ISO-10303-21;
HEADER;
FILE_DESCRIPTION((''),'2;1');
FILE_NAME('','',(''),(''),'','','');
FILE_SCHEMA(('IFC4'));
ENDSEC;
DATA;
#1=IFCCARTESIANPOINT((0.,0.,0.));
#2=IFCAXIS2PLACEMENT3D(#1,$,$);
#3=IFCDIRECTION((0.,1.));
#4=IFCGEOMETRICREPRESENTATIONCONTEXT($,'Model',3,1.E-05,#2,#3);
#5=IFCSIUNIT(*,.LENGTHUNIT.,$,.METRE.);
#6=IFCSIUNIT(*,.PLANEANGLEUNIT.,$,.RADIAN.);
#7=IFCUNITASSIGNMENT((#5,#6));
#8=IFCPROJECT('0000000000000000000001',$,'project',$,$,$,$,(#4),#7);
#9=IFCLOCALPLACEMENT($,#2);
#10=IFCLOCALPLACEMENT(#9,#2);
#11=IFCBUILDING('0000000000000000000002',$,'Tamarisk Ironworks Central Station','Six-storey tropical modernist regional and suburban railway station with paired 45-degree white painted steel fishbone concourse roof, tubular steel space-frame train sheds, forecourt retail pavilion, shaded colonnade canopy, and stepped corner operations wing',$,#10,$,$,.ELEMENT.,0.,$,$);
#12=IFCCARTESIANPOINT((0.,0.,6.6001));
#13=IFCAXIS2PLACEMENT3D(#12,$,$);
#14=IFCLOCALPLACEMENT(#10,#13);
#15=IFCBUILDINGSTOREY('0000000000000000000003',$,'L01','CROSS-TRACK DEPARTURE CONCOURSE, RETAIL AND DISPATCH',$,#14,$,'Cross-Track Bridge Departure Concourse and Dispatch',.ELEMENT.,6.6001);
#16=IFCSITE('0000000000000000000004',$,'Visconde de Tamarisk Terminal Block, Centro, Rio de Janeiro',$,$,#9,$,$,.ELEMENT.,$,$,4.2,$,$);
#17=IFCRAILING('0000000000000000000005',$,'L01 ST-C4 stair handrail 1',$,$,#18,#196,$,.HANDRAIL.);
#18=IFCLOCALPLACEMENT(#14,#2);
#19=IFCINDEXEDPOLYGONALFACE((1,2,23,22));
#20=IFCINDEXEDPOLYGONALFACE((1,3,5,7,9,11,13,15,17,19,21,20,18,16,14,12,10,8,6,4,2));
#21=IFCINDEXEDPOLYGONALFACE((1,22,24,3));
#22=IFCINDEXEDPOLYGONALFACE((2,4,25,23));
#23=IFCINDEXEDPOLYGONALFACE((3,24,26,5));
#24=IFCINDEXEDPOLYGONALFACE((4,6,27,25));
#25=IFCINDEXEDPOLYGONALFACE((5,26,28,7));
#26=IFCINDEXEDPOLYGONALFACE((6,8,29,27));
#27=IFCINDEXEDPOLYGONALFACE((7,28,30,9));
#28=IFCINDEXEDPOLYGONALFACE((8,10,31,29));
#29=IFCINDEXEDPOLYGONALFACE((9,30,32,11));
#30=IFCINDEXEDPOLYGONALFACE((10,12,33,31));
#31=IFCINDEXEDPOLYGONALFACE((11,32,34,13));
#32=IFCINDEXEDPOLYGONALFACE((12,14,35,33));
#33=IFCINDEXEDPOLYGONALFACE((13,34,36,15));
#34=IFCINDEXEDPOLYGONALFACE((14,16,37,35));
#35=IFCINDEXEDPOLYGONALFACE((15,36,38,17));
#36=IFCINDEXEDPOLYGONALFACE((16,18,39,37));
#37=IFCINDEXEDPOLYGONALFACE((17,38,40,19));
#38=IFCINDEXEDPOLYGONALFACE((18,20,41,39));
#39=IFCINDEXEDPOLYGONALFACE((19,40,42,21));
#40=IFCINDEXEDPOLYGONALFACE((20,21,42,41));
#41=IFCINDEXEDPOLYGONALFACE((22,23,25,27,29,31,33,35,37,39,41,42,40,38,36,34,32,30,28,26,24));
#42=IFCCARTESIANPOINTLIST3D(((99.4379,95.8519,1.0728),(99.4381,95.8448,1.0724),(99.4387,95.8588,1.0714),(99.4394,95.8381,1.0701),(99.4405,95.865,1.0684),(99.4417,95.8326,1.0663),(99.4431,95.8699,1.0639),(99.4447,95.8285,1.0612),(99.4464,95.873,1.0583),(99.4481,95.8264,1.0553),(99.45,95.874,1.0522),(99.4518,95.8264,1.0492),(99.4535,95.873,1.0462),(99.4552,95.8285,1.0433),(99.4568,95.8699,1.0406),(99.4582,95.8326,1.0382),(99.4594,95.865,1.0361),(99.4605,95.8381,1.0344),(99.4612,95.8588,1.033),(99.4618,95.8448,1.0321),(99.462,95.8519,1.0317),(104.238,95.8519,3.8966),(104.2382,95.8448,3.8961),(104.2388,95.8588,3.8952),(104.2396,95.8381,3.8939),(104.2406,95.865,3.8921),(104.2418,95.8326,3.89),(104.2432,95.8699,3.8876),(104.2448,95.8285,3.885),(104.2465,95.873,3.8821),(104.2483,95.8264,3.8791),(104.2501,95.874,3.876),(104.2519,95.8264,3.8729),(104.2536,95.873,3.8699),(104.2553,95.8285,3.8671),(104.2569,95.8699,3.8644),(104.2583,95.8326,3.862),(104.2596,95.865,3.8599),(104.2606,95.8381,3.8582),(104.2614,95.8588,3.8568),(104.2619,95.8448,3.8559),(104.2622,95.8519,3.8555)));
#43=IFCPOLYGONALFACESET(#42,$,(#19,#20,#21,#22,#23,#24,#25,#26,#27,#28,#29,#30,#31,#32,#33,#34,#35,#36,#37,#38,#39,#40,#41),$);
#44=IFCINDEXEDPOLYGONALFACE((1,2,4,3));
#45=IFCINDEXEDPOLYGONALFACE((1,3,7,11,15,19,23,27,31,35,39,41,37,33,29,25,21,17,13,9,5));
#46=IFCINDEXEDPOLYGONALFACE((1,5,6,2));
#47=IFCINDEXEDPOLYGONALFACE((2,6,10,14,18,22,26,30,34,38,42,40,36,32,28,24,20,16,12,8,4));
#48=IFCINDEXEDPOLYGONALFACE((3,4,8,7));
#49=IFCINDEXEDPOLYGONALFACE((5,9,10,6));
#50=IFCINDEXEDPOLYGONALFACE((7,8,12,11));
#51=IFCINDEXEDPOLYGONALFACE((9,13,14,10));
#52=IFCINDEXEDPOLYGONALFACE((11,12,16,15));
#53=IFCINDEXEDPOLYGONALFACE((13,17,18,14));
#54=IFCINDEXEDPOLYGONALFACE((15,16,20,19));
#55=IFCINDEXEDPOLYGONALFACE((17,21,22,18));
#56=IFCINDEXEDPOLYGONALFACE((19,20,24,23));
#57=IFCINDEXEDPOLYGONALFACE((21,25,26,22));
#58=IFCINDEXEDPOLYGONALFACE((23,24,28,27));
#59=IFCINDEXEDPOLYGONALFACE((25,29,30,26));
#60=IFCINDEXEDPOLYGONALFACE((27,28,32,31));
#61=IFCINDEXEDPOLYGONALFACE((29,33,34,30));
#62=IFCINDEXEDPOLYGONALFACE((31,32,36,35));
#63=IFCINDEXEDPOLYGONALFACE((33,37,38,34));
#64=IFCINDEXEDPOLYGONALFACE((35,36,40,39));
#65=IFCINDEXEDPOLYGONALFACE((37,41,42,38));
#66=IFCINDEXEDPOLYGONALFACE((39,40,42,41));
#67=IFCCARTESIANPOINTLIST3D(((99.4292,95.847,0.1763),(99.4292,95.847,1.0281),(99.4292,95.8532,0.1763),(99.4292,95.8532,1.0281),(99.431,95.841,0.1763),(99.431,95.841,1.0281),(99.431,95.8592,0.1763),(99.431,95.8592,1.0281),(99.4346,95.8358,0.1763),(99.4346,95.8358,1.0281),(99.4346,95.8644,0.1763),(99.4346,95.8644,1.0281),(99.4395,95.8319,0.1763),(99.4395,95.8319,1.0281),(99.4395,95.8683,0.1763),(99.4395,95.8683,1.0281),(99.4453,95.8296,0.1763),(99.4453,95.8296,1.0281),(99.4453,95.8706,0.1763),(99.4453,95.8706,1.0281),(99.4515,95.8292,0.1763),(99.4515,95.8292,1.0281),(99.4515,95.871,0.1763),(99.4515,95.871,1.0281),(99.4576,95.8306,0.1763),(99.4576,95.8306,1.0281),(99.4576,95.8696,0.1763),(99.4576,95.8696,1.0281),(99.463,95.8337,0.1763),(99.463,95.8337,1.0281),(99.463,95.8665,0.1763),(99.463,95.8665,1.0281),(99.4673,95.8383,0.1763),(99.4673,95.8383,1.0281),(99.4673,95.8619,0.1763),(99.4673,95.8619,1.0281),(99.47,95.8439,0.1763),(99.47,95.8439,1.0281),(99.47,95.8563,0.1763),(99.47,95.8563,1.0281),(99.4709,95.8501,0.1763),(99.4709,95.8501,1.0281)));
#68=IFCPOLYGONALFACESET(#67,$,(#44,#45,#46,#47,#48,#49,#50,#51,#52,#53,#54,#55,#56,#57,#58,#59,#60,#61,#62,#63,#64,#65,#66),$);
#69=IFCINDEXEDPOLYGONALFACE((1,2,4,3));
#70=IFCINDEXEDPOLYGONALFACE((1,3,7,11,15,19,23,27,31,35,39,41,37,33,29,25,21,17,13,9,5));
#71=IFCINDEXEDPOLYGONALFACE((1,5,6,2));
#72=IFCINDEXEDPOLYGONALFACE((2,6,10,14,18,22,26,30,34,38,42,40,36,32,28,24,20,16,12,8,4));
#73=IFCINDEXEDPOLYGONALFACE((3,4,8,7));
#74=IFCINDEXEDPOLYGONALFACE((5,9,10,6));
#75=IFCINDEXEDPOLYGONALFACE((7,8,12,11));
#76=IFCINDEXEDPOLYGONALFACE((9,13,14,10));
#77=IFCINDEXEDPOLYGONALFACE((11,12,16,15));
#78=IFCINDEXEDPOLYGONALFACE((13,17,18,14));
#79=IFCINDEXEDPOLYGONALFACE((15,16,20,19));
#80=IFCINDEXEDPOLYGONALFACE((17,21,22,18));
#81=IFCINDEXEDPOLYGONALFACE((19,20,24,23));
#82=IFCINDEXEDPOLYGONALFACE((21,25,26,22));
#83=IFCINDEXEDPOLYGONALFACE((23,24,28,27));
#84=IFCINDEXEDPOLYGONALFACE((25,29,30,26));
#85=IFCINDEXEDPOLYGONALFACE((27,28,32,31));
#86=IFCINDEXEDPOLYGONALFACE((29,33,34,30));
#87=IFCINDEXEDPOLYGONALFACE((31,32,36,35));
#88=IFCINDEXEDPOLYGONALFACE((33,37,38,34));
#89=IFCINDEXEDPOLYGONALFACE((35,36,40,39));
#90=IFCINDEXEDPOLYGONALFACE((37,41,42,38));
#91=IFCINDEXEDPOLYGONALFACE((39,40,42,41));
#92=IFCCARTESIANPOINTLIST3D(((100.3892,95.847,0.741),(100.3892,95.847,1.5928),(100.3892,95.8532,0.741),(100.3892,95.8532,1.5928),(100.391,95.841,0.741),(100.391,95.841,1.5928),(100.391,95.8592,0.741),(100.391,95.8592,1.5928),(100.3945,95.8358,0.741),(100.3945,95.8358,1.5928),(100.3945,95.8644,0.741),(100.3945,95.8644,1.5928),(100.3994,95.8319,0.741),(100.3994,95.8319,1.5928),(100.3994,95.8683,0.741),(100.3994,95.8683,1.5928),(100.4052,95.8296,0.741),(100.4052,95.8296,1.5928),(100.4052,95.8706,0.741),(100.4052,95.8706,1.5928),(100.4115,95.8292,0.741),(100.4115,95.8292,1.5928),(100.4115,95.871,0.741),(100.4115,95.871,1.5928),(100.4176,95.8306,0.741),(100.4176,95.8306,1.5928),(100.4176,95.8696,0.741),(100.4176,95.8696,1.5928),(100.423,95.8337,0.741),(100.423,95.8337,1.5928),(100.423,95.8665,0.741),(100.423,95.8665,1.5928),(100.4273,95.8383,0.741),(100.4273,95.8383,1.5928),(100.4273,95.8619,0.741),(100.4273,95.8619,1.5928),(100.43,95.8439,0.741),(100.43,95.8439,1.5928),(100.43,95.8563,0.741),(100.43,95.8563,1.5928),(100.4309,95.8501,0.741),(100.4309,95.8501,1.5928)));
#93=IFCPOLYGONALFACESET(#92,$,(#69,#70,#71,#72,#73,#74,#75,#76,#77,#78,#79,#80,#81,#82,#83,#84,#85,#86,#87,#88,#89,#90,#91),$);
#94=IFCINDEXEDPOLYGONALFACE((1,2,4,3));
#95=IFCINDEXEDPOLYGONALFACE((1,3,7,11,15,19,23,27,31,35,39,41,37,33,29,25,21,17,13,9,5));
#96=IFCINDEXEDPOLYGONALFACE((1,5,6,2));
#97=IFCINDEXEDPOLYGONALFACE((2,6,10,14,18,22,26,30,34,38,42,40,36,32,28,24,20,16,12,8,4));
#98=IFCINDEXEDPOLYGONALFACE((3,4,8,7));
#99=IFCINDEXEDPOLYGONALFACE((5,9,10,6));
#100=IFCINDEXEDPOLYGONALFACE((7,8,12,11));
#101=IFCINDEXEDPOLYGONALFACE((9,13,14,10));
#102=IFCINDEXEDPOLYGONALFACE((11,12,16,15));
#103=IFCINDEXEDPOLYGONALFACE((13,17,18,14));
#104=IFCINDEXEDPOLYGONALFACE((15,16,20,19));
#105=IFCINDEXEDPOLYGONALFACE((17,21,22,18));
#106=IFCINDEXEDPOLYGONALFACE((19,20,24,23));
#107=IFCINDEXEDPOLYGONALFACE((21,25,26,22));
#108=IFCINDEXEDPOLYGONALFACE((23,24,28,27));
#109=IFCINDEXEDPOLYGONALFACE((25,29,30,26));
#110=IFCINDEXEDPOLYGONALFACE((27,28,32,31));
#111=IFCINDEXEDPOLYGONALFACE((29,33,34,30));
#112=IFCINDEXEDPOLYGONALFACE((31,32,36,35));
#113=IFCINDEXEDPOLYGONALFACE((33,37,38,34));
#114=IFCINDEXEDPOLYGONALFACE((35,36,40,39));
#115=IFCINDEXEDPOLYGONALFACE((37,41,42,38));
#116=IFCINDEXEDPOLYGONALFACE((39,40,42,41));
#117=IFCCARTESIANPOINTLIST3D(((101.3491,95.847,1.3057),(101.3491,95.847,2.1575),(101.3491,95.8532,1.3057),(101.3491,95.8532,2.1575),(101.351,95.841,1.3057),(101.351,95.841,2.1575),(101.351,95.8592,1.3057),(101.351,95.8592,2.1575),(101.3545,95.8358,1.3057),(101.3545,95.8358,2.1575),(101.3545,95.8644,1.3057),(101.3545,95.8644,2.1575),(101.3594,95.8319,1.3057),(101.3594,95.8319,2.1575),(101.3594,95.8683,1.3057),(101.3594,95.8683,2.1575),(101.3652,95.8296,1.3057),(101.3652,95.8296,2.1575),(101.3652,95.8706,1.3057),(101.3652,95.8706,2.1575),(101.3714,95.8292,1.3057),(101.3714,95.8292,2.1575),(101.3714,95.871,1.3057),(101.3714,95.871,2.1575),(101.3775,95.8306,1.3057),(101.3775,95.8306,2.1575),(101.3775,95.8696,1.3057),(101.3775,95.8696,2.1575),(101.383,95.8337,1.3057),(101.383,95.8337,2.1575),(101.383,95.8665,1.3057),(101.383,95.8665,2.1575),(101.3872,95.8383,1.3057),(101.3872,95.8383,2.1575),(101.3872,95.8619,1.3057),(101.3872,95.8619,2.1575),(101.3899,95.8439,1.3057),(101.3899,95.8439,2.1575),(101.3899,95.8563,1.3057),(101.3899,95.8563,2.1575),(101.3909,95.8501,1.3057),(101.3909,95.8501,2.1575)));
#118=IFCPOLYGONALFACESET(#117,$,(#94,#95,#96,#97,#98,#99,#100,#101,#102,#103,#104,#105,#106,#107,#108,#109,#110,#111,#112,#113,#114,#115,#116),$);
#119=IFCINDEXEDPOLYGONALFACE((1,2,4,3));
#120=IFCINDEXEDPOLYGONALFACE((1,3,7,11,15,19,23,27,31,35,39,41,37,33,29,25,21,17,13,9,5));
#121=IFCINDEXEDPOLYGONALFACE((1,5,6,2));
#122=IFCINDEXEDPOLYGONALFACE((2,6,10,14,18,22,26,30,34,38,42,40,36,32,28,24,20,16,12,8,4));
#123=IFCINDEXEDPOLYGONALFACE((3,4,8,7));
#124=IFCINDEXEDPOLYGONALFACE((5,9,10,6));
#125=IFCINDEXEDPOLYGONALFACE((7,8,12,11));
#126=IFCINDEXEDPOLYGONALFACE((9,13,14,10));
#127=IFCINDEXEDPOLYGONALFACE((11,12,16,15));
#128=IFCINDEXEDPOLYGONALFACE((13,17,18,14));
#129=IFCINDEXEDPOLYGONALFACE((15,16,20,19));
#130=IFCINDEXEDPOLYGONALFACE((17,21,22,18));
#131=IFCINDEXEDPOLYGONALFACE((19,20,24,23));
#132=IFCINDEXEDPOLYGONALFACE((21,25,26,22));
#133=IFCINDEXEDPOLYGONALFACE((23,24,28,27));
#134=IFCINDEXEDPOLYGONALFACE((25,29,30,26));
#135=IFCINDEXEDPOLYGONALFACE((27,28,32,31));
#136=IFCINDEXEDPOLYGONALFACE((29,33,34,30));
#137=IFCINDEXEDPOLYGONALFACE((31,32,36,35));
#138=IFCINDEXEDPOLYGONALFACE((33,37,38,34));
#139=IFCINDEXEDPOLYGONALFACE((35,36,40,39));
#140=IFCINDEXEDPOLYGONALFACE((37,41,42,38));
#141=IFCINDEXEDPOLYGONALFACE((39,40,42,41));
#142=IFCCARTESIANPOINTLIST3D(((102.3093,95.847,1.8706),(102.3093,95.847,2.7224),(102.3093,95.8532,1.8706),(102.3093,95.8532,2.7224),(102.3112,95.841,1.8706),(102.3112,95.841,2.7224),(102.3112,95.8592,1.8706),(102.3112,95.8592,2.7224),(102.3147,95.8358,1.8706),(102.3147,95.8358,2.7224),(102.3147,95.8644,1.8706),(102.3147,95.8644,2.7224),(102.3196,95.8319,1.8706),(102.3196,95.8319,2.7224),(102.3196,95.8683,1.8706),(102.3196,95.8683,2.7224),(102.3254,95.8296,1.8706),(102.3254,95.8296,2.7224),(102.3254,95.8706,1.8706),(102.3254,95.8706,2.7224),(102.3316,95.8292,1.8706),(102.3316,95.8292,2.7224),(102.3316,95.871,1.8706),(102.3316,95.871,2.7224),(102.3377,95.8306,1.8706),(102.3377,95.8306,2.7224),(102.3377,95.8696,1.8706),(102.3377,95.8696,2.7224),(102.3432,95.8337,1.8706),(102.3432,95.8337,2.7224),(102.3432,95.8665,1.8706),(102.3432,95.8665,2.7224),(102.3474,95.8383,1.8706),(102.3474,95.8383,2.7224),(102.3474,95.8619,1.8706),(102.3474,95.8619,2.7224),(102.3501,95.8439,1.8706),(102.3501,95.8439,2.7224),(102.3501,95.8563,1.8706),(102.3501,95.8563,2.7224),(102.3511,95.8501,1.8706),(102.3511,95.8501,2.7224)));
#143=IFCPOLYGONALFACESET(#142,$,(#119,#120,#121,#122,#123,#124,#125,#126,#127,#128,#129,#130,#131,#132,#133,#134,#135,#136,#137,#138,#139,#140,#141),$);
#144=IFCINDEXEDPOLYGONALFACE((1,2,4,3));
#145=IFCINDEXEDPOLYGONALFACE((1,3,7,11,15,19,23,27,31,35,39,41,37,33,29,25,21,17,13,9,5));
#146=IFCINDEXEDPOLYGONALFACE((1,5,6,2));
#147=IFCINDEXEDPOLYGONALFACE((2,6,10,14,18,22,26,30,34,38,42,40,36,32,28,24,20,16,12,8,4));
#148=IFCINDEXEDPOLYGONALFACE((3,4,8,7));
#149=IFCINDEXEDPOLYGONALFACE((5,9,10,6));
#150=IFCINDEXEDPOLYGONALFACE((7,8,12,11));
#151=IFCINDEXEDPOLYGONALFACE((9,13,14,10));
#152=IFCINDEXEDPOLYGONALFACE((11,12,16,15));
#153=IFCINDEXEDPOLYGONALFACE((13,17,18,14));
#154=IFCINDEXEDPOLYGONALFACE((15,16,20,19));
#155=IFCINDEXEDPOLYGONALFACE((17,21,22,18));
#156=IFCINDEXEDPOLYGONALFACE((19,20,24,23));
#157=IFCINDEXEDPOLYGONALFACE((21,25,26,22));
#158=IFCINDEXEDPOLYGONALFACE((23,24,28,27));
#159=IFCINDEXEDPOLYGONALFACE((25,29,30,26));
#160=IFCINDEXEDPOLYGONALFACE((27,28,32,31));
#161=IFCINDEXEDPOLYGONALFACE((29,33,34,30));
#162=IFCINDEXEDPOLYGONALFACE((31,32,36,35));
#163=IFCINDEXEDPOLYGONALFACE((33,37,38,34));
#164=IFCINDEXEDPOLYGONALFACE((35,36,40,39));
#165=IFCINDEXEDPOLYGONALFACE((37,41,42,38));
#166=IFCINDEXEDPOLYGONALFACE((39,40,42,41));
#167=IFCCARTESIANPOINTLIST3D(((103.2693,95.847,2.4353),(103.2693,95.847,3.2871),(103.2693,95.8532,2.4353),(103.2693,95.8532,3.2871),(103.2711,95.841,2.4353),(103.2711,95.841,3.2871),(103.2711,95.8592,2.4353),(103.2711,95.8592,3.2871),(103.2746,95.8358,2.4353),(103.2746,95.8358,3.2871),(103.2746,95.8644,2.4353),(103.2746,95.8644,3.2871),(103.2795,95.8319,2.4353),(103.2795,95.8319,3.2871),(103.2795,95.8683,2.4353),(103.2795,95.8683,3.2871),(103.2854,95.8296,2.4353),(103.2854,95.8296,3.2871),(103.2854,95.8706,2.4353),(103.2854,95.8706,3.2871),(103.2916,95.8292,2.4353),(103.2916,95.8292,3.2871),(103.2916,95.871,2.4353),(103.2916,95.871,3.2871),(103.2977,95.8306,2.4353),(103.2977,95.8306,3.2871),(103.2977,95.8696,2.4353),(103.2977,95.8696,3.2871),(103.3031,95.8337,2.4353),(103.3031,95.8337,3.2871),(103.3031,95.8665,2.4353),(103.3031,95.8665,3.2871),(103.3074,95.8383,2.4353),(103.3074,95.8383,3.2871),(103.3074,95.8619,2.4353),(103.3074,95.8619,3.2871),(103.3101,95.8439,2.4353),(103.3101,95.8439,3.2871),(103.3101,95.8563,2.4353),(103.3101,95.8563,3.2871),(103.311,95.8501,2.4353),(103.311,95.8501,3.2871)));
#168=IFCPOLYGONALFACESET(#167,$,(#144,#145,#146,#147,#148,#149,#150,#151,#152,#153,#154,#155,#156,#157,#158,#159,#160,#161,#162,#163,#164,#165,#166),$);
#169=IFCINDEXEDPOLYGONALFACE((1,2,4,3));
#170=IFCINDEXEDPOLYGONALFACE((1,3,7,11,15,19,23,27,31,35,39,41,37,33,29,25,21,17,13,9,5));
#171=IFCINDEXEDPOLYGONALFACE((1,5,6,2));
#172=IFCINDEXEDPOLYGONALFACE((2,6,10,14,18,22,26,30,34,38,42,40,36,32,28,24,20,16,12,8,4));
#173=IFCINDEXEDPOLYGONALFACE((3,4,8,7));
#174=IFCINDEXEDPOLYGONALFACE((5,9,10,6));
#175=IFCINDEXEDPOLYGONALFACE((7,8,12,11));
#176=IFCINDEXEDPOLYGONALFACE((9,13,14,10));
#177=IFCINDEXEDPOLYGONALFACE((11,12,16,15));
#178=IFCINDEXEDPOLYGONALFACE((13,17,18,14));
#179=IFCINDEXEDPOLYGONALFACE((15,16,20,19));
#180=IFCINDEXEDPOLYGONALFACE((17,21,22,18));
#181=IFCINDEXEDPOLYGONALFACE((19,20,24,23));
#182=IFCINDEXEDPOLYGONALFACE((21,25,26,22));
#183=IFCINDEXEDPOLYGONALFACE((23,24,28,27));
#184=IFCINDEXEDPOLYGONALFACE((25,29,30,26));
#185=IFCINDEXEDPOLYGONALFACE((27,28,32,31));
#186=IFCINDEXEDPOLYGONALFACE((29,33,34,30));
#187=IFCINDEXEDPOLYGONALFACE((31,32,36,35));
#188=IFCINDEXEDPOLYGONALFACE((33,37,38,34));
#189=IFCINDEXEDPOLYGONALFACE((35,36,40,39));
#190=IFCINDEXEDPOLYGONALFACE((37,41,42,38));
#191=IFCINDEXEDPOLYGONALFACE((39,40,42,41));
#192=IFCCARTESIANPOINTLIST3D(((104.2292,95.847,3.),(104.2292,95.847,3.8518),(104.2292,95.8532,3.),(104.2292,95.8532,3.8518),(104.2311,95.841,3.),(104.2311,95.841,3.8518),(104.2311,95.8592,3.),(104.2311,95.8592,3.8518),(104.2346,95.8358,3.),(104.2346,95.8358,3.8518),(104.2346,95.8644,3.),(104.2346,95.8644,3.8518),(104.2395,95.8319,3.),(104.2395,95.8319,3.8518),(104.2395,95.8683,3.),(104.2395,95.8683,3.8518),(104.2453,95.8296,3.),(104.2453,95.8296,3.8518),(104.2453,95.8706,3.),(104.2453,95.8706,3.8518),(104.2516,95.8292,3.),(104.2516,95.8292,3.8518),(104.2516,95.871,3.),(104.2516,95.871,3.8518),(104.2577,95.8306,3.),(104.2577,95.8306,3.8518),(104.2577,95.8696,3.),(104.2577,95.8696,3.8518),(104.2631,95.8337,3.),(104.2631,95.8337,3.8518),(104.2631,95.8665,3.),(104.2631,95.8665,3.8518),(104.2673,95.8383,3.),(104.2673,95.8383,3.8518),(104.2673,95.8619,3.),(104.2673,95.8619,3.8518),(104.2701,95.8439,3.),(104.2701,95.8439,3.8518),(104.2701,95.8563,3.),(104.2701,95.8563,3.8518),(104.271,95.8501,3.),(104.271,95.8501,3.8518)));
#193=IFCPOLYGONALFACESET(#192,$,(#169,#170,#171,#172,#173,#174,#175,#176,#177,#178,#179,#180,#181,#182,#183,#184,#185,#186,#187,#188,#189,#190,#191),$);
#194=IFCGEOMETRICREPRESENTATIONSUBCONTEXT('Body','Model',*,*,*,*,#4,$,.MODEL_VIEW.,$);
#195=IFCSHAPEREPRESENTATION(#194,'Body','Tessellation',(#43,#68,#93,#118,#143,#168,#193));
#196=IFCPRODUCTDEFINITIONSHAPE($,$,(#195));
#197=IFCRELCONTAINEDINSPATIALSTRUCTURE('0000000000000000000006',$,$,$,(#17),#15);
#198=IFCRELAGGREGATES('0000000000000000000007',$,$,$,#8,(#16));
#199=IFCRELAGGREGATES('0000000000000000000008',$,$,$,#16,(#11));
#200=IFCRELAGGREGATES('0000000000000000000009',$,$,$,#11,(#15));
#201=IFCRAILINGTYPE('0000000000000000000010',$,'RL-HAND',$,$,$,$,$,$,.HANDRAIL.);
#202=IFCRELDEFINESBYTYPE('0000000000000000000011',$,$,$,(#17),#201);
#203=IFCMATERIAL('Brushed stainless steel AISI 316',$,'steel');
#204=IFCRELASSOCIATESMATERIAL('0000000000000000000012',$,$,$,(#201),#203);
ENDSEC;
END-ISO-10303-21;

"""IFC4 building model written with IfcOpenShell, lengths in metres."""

from ifc_helpers import new_model, si_unit, direction, frame, origin, origin_2d, place, context, subcontext, project, spatial, circle, extrude, material, type_object, element, save


model = new_model("IFC4")

# Units and contexts
model_context = context("Model", 3, precision=1e-05, world=origin(), true_north=direction((0.0, 1.0)))
body_context = subcontext(model_context, "Body", "Model", "MODEL_VIEW")
ifc_project = project(units=[si_unit("LENGTHUNIT", "METRE"), si_unit("PLANEANGLEUNIT", "RADIAN")], contexts=[model_context])

# Site, building, storey
site_placement = place(None, origin())
site = spatial("IfcSite", under=ifc_project, at=site_placement, Name="Visconde de Tamarisk Terminal Block, Centro, Rio de Janeiro", CompositionType="ELEMENT", RefElevation=4.2)
building_placement = place(site_placement, origin())
building = spatial("IfcBuilding", under=site, at=building_placement, Name="Tamarisk Ironworks Central Station", Description="Six-storey tropical modernist regional and suburban railway station with paired 45-degree white painted steel fishbone concourse roof, tubular steel space-frame train sheds, forecourt retail pavilion, shaded colonnade canopy, and stepped corner operations wing", CompositionType="ELEMENT", ElevationOfRefHeight=0.0)
storey_placement = place(building_placement, frame((0.0, 0.0, 6.6001)))
storey = spatial("IfcBuildingStorey", under=building, at=storey_placement, Name="L01", Description="CROSS-TRACK DEPARTURE CONCOURSE, RETAIL AND DISPATCH", LongName="Cross-Track Bridge Departure Concourse and Dispatch", CompositionType="ELEMENT", Elevation=6.6001)

# Railing
ifc_material_1 = material(Name="Brushed stainless steel AISI 316", Category="steel")
railing_type_1 = type_object("IfcRailingType", Name="RL-HAND", PredefinedType="HANDRAIL", material=ifc_material_1)
railing_1_placement = place(storey_placement, frame((99.45, 95.8501, 0.1763)))
element("IfcRailing", 1, at=railing_1_placement, inside=storey, type_object=railing_type_1, Name="L01 ST-C4 stair handrail 1", PredefinedType="HANDRAIL", context=body_context, shape_type="SweptSolid", body=[
    extrude(circle(Radius=0.0239, at=origin_2d()), frame((0.0, 0.0, 0.876), z_axis=(0.861921, 0.0, 0.507043), x_axis=(0.0, 1.0, 0.0)), (0.0, 0.0, 1.0), 5.5691),
    extrude(circle(Radius=0.021, at=origin_2d()), origin(), (0.0, 0.0, 1.0), 0.8518),
    extrude(circle(Radius=0.021, at=origin_2d()), frame((0.96, 0.0, 0.5647)), (0.0, 0.0, 1.0), 0.8518),
    extrude(circle(Radius=0.021, at=origin_2d()), frame((1.9199, 0.0, 1.1294)), (0.0, 0.0, 1.0), 0.8518),
    extrude(circle(Radius=0.021, at=origin_2d()), frame((2.8801, 0.0, 1.6943)), (0.0, 0.0, 1.0), 0.8518),
    extrude(circle(Radius=0.021, at=origin_2d()), frame((3.8401, 0.0, 2.259)), (0.0, 0.0, 1.0), 0.8518),
    extrude(circle(Radius=0.021, at=origin_2d()), frame((4.8, 0.0, 2.8237)), (0.0, 0.0, 1.0), 0.8518),
])

save(model, "model.ifc")
